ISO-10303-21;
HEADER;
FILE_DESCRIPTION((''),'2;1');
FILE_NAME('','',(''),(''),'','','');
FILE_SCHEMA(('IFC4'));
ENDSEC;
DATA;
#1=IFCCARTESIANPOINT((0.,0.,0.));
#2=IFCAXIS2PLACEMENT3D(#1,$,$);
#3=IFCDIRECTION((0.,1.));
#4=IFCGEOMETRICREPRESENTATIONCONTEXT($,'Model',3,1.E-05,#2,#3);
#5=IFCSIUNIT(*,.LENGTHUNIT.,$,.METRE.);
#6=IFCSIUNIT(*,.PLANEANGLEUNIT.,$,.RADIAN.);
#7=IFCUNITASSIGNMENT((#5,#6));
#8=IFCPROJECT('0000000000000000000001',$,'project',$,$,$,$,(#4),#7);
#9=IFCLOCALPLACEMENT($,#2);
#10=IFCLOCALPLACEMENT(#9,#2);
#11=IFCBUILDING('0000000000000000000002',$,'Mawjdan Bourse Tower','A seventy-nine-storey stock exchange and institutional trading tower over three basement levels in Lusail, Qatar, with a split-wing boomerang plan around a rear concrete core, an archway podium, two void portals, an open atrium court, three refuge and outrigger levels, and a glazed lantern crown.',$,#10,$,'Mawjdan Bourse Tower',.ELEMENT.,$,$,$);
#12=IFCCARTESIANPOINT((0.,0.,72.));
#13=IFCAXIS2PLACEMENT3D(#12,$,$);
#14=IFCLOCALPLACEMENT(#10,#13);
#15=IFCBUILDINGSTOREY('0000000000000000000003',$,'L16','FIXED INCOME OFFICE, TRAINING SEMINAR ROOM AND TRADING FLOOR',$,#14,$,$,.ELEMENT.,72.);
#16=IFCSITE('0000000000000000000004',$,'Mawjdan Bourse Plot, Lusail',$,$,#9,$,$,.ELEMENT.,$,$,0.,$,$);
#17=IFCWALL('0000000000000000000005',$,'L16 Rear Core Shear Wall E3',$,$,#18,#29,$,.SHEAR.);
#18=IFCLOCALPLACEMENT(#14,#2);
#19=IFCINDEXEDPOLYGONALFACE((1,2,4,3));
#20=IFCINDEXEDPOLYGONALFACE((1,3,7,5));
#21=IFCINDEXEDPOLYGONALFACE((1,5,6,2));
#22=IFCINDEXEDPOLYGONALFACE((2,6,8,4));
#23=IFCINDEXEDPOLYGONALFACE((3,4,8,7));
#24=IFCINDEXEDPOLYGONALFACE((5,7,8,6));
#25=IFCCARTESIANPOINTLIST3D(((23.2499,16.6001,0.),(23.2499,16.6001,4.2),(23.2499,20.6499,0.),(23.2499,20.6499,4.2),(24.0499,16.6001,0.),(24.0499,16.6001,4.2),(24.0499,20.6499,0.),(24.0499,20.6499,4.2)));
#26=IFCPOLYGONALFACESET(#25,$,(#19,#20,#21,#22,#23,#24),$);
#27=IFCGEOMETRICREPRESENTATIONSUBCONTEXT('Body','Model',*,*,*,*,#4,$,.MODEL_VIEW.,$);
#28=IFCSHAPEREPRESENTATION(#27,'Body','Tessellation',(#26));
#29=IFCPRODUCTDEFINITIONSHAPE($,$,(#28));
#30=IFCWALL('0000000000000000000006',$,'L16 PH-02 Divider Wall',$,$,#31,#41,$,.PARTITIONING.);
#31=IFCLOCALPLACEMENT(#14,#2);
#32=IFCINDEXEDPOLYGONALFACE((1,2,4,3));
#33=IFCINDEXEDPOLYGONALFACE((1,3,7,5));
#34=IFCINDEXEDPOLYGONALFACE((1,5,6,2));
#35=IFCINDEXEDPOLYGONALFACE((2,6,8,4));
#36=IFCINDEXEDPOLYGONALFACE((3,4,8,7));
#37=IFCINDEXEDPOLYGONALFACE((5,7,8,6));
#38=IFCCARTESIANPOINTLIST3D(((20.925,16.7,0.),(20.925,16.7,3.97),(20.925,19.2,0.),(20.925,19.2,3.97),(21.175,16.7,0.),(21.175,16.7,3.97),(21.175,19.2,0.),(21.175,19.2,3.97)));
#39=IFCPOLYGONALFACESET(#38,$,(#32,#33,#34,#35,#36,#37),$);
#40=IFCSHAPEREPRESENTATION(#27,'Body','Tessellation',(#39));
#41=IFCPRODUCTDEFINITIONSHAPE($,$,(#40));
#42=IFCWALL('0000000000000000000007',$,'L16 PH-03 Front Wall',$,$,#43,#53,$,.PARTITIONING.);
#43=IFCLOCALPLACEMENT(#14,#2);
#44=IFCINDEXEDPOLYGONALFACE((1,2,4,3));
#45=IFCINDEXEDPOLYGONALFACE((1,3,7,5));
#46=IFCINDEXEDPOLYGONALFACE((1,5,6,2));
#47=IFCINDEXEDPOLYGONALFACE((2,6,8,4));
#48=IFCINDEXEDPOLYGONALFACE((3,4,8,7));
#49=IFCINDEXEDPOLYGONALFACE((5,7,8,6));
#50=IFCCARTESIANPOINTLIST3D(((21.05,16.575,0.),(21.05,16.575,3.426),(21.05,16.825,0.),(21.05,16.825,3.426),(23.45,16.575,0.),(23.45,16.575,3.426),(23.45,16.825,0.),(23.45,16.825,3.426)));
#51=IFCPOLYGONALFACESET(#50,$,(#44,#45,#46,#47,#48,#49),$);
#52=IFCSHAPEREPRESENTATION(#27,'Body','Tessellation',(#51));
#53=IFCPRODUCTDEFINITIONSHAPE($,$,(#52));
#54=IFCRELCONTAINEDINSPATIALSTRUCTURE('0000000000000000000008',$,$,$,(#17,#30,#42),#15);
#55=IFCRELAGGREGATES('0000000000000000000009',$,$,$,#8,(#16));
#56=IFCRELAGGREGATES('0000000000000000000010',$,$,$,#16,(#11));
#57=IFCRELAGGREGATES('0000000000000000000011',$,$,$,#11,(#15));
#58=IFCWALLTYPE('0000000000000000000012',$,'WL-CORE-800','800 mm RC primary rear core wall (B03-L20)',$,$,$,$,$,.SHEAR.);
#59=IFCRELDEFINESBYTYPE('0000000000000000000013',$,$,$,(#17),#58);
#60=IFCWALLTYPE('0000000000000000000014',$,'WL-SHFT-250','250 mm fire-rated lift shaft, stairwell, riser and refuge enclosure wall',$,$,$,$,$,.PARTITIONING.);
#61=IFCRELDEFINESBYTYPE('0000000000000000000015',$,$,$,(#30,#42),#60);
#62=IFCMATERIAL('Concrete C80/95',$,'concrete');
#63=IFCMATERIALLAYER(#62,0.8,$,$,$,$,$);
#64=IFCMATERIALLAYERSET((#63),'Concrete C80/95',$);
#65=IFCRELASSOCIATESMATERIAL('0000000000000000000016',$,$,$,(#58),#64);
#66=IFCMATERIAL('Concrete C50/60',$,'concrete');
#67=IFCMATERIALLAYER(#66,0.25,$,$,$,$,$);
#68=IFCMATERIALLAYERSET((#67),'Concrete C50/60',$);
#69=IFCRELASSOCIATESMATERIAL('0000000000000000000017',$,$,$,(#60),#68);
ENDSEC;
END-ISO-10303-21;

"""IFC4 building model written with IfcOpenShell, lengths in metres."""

from ifc_helpers import new_model, si_unit, direction, frame, frame_2d, origin, place, context, subcontext, project, spatial, rectangle, extrude, material, layer, layer_set, type_object, element, save


model = new_model("IFC4")

# Units and contexts
model_context = context("Model", 3, precision=1e-05, world=origin(), true_north=direction((0.0, 1.0)))
body_context = subcontext(model_context, "Body", "Model", "MODEL_VIEW")
ifc_project = project(units=[si_unit("LENGTHUNIT", "METRE"), si_unit("PLANEANGLEUNIT", "RADIAN")], contexts=[model_context])

# Site, building, storey
site_placement = place(None, origin())
site = spatial("IfcSite", under=ifc_project, at=site_placement, Name="Mawjdan Bourse Plot, Lusail", CompositionType="ELEMENT", RefElevation=0.0)
building_placement = place(site_placement, origin())
building = spatial("IfcBuilding", under=site, at=building_placement, Name="Mawjdan Bourse Tower", Description="A seventy-nine-storey stock exchange and institutional trading tower over three basement levels in Lusail, Qatar, with a split-wing boomerang plan around a rear concrete core, an archway podium, two void portals, an open atrium court, three refuge and outrigger levels, and a glazed lantern crown.", LongName="Mawjdan Bourse Tower", CompositionType="ELEMENT")
storey_placement = place(building_placement, frame((0.0, 0.0, 72.0)))
storey = spatial("IfcBuildingStorey", under=building, at=storey_placement, Name="L16", Description="FIXED INCOME OFFICE, TRAINING SEMINAR ROOM AND TRADING FLOOR", CompositionType="ELEMENT", Elevation=72.0)

# Shared definitions
ifc_material_1 = material(Name="Concrete C80/95", Category="concrete")

# Walls
ifc_layer_1 = layer(ifc_material_1, 0.8)
ifc_layer_set_1 = layer_set([ifc_layer_1], Name="Concrete C80/95")
wall_type_1 = type_object("IfcWallType", Name="WL-CORE-800", Description="800 mm RC primary rear core wall (B03-L20)", PredefinedType="SHEAR", material=ifc_layer_set_1)
wall_1_placement = place(storey_placement, frame((23.6499, 16.6001, 0.0), z_axis=(0.0, 0.0, 1.0), x_axis=(0.0, 1.0, 0.0)))
element("IfcWall", 1, at=wall_1_placement, inside=storey, type_object=wall_type_1, Name="L16 Rear Core Shear Wall E3", PredefinedType="SHEAR", context=body_context, shape_type="SweptSolid", body=[
    extrude(rectangle(XDim=4.0498, YDim=0.8, at=frame_2d((2.0249, 0.0))), origin(), (0.0, 0.0, 1.0), 4.2),
])
ifc_material_2 = material(Name="Concrete C50/60", Category="concrete")
ifc_layer_2 = layer(ifc_material_2, 0.25)
ifc_layer_set_2 = layer_set([ifc_layer_2], Name="Concrete C50/60")
wall_type_2 = type_object("IfcWallType", Name="WL-SHFT-250", Description="250 mm fire-rated lift shaft, stairwell, riser and refuge enclosure wall", PredefinedType="PARTITIONING", material=ifc_layer_set_2)
wall_2_placement = place(storey_placement, frame((21.05, 16.7, 0.0), z_axis=(0.0, 0.0, 1.0), x_axis=(0.0, 1.0, 0.0)))
element("IfcWall", 2, at=wall_2_placement, inside=storey, type_object=wall_type_2, Name="L16 PH-02 Divider Wall", PredefinedType="PARTITIONING", context=body_context, shape_type="SweptSolid", body=[
    extrude(rectangle(XDim=2.5, YDim=0.25, at=frame_2d((1.25, 0.0))), origin(), (0.0, 0.0, 1.0), 3.97),
])
wall_3_placement = place(storey_placement, frame((21.05, 16.7, 0.0), z_axis=(0.0, 0.0, 1.0), x_axis=(1.0, 0.0, 0.0)))
element("IfcWall", 3, at=wall_3_placement, inside=storey, type_object=wall_type_2, Name="L16 PH-03 Front Wall", PredefinedType="PARTITIONING", context=body_context, shape_type="SweptSolid", body=[
    extrude(rectangle(XDim=2.3999, YDim=0.25, at=frame_2d((1.2, 0.0))), origin(), (0.0, 0.0, 1.0), 3.426),
])

save(model, "model.ifc")
